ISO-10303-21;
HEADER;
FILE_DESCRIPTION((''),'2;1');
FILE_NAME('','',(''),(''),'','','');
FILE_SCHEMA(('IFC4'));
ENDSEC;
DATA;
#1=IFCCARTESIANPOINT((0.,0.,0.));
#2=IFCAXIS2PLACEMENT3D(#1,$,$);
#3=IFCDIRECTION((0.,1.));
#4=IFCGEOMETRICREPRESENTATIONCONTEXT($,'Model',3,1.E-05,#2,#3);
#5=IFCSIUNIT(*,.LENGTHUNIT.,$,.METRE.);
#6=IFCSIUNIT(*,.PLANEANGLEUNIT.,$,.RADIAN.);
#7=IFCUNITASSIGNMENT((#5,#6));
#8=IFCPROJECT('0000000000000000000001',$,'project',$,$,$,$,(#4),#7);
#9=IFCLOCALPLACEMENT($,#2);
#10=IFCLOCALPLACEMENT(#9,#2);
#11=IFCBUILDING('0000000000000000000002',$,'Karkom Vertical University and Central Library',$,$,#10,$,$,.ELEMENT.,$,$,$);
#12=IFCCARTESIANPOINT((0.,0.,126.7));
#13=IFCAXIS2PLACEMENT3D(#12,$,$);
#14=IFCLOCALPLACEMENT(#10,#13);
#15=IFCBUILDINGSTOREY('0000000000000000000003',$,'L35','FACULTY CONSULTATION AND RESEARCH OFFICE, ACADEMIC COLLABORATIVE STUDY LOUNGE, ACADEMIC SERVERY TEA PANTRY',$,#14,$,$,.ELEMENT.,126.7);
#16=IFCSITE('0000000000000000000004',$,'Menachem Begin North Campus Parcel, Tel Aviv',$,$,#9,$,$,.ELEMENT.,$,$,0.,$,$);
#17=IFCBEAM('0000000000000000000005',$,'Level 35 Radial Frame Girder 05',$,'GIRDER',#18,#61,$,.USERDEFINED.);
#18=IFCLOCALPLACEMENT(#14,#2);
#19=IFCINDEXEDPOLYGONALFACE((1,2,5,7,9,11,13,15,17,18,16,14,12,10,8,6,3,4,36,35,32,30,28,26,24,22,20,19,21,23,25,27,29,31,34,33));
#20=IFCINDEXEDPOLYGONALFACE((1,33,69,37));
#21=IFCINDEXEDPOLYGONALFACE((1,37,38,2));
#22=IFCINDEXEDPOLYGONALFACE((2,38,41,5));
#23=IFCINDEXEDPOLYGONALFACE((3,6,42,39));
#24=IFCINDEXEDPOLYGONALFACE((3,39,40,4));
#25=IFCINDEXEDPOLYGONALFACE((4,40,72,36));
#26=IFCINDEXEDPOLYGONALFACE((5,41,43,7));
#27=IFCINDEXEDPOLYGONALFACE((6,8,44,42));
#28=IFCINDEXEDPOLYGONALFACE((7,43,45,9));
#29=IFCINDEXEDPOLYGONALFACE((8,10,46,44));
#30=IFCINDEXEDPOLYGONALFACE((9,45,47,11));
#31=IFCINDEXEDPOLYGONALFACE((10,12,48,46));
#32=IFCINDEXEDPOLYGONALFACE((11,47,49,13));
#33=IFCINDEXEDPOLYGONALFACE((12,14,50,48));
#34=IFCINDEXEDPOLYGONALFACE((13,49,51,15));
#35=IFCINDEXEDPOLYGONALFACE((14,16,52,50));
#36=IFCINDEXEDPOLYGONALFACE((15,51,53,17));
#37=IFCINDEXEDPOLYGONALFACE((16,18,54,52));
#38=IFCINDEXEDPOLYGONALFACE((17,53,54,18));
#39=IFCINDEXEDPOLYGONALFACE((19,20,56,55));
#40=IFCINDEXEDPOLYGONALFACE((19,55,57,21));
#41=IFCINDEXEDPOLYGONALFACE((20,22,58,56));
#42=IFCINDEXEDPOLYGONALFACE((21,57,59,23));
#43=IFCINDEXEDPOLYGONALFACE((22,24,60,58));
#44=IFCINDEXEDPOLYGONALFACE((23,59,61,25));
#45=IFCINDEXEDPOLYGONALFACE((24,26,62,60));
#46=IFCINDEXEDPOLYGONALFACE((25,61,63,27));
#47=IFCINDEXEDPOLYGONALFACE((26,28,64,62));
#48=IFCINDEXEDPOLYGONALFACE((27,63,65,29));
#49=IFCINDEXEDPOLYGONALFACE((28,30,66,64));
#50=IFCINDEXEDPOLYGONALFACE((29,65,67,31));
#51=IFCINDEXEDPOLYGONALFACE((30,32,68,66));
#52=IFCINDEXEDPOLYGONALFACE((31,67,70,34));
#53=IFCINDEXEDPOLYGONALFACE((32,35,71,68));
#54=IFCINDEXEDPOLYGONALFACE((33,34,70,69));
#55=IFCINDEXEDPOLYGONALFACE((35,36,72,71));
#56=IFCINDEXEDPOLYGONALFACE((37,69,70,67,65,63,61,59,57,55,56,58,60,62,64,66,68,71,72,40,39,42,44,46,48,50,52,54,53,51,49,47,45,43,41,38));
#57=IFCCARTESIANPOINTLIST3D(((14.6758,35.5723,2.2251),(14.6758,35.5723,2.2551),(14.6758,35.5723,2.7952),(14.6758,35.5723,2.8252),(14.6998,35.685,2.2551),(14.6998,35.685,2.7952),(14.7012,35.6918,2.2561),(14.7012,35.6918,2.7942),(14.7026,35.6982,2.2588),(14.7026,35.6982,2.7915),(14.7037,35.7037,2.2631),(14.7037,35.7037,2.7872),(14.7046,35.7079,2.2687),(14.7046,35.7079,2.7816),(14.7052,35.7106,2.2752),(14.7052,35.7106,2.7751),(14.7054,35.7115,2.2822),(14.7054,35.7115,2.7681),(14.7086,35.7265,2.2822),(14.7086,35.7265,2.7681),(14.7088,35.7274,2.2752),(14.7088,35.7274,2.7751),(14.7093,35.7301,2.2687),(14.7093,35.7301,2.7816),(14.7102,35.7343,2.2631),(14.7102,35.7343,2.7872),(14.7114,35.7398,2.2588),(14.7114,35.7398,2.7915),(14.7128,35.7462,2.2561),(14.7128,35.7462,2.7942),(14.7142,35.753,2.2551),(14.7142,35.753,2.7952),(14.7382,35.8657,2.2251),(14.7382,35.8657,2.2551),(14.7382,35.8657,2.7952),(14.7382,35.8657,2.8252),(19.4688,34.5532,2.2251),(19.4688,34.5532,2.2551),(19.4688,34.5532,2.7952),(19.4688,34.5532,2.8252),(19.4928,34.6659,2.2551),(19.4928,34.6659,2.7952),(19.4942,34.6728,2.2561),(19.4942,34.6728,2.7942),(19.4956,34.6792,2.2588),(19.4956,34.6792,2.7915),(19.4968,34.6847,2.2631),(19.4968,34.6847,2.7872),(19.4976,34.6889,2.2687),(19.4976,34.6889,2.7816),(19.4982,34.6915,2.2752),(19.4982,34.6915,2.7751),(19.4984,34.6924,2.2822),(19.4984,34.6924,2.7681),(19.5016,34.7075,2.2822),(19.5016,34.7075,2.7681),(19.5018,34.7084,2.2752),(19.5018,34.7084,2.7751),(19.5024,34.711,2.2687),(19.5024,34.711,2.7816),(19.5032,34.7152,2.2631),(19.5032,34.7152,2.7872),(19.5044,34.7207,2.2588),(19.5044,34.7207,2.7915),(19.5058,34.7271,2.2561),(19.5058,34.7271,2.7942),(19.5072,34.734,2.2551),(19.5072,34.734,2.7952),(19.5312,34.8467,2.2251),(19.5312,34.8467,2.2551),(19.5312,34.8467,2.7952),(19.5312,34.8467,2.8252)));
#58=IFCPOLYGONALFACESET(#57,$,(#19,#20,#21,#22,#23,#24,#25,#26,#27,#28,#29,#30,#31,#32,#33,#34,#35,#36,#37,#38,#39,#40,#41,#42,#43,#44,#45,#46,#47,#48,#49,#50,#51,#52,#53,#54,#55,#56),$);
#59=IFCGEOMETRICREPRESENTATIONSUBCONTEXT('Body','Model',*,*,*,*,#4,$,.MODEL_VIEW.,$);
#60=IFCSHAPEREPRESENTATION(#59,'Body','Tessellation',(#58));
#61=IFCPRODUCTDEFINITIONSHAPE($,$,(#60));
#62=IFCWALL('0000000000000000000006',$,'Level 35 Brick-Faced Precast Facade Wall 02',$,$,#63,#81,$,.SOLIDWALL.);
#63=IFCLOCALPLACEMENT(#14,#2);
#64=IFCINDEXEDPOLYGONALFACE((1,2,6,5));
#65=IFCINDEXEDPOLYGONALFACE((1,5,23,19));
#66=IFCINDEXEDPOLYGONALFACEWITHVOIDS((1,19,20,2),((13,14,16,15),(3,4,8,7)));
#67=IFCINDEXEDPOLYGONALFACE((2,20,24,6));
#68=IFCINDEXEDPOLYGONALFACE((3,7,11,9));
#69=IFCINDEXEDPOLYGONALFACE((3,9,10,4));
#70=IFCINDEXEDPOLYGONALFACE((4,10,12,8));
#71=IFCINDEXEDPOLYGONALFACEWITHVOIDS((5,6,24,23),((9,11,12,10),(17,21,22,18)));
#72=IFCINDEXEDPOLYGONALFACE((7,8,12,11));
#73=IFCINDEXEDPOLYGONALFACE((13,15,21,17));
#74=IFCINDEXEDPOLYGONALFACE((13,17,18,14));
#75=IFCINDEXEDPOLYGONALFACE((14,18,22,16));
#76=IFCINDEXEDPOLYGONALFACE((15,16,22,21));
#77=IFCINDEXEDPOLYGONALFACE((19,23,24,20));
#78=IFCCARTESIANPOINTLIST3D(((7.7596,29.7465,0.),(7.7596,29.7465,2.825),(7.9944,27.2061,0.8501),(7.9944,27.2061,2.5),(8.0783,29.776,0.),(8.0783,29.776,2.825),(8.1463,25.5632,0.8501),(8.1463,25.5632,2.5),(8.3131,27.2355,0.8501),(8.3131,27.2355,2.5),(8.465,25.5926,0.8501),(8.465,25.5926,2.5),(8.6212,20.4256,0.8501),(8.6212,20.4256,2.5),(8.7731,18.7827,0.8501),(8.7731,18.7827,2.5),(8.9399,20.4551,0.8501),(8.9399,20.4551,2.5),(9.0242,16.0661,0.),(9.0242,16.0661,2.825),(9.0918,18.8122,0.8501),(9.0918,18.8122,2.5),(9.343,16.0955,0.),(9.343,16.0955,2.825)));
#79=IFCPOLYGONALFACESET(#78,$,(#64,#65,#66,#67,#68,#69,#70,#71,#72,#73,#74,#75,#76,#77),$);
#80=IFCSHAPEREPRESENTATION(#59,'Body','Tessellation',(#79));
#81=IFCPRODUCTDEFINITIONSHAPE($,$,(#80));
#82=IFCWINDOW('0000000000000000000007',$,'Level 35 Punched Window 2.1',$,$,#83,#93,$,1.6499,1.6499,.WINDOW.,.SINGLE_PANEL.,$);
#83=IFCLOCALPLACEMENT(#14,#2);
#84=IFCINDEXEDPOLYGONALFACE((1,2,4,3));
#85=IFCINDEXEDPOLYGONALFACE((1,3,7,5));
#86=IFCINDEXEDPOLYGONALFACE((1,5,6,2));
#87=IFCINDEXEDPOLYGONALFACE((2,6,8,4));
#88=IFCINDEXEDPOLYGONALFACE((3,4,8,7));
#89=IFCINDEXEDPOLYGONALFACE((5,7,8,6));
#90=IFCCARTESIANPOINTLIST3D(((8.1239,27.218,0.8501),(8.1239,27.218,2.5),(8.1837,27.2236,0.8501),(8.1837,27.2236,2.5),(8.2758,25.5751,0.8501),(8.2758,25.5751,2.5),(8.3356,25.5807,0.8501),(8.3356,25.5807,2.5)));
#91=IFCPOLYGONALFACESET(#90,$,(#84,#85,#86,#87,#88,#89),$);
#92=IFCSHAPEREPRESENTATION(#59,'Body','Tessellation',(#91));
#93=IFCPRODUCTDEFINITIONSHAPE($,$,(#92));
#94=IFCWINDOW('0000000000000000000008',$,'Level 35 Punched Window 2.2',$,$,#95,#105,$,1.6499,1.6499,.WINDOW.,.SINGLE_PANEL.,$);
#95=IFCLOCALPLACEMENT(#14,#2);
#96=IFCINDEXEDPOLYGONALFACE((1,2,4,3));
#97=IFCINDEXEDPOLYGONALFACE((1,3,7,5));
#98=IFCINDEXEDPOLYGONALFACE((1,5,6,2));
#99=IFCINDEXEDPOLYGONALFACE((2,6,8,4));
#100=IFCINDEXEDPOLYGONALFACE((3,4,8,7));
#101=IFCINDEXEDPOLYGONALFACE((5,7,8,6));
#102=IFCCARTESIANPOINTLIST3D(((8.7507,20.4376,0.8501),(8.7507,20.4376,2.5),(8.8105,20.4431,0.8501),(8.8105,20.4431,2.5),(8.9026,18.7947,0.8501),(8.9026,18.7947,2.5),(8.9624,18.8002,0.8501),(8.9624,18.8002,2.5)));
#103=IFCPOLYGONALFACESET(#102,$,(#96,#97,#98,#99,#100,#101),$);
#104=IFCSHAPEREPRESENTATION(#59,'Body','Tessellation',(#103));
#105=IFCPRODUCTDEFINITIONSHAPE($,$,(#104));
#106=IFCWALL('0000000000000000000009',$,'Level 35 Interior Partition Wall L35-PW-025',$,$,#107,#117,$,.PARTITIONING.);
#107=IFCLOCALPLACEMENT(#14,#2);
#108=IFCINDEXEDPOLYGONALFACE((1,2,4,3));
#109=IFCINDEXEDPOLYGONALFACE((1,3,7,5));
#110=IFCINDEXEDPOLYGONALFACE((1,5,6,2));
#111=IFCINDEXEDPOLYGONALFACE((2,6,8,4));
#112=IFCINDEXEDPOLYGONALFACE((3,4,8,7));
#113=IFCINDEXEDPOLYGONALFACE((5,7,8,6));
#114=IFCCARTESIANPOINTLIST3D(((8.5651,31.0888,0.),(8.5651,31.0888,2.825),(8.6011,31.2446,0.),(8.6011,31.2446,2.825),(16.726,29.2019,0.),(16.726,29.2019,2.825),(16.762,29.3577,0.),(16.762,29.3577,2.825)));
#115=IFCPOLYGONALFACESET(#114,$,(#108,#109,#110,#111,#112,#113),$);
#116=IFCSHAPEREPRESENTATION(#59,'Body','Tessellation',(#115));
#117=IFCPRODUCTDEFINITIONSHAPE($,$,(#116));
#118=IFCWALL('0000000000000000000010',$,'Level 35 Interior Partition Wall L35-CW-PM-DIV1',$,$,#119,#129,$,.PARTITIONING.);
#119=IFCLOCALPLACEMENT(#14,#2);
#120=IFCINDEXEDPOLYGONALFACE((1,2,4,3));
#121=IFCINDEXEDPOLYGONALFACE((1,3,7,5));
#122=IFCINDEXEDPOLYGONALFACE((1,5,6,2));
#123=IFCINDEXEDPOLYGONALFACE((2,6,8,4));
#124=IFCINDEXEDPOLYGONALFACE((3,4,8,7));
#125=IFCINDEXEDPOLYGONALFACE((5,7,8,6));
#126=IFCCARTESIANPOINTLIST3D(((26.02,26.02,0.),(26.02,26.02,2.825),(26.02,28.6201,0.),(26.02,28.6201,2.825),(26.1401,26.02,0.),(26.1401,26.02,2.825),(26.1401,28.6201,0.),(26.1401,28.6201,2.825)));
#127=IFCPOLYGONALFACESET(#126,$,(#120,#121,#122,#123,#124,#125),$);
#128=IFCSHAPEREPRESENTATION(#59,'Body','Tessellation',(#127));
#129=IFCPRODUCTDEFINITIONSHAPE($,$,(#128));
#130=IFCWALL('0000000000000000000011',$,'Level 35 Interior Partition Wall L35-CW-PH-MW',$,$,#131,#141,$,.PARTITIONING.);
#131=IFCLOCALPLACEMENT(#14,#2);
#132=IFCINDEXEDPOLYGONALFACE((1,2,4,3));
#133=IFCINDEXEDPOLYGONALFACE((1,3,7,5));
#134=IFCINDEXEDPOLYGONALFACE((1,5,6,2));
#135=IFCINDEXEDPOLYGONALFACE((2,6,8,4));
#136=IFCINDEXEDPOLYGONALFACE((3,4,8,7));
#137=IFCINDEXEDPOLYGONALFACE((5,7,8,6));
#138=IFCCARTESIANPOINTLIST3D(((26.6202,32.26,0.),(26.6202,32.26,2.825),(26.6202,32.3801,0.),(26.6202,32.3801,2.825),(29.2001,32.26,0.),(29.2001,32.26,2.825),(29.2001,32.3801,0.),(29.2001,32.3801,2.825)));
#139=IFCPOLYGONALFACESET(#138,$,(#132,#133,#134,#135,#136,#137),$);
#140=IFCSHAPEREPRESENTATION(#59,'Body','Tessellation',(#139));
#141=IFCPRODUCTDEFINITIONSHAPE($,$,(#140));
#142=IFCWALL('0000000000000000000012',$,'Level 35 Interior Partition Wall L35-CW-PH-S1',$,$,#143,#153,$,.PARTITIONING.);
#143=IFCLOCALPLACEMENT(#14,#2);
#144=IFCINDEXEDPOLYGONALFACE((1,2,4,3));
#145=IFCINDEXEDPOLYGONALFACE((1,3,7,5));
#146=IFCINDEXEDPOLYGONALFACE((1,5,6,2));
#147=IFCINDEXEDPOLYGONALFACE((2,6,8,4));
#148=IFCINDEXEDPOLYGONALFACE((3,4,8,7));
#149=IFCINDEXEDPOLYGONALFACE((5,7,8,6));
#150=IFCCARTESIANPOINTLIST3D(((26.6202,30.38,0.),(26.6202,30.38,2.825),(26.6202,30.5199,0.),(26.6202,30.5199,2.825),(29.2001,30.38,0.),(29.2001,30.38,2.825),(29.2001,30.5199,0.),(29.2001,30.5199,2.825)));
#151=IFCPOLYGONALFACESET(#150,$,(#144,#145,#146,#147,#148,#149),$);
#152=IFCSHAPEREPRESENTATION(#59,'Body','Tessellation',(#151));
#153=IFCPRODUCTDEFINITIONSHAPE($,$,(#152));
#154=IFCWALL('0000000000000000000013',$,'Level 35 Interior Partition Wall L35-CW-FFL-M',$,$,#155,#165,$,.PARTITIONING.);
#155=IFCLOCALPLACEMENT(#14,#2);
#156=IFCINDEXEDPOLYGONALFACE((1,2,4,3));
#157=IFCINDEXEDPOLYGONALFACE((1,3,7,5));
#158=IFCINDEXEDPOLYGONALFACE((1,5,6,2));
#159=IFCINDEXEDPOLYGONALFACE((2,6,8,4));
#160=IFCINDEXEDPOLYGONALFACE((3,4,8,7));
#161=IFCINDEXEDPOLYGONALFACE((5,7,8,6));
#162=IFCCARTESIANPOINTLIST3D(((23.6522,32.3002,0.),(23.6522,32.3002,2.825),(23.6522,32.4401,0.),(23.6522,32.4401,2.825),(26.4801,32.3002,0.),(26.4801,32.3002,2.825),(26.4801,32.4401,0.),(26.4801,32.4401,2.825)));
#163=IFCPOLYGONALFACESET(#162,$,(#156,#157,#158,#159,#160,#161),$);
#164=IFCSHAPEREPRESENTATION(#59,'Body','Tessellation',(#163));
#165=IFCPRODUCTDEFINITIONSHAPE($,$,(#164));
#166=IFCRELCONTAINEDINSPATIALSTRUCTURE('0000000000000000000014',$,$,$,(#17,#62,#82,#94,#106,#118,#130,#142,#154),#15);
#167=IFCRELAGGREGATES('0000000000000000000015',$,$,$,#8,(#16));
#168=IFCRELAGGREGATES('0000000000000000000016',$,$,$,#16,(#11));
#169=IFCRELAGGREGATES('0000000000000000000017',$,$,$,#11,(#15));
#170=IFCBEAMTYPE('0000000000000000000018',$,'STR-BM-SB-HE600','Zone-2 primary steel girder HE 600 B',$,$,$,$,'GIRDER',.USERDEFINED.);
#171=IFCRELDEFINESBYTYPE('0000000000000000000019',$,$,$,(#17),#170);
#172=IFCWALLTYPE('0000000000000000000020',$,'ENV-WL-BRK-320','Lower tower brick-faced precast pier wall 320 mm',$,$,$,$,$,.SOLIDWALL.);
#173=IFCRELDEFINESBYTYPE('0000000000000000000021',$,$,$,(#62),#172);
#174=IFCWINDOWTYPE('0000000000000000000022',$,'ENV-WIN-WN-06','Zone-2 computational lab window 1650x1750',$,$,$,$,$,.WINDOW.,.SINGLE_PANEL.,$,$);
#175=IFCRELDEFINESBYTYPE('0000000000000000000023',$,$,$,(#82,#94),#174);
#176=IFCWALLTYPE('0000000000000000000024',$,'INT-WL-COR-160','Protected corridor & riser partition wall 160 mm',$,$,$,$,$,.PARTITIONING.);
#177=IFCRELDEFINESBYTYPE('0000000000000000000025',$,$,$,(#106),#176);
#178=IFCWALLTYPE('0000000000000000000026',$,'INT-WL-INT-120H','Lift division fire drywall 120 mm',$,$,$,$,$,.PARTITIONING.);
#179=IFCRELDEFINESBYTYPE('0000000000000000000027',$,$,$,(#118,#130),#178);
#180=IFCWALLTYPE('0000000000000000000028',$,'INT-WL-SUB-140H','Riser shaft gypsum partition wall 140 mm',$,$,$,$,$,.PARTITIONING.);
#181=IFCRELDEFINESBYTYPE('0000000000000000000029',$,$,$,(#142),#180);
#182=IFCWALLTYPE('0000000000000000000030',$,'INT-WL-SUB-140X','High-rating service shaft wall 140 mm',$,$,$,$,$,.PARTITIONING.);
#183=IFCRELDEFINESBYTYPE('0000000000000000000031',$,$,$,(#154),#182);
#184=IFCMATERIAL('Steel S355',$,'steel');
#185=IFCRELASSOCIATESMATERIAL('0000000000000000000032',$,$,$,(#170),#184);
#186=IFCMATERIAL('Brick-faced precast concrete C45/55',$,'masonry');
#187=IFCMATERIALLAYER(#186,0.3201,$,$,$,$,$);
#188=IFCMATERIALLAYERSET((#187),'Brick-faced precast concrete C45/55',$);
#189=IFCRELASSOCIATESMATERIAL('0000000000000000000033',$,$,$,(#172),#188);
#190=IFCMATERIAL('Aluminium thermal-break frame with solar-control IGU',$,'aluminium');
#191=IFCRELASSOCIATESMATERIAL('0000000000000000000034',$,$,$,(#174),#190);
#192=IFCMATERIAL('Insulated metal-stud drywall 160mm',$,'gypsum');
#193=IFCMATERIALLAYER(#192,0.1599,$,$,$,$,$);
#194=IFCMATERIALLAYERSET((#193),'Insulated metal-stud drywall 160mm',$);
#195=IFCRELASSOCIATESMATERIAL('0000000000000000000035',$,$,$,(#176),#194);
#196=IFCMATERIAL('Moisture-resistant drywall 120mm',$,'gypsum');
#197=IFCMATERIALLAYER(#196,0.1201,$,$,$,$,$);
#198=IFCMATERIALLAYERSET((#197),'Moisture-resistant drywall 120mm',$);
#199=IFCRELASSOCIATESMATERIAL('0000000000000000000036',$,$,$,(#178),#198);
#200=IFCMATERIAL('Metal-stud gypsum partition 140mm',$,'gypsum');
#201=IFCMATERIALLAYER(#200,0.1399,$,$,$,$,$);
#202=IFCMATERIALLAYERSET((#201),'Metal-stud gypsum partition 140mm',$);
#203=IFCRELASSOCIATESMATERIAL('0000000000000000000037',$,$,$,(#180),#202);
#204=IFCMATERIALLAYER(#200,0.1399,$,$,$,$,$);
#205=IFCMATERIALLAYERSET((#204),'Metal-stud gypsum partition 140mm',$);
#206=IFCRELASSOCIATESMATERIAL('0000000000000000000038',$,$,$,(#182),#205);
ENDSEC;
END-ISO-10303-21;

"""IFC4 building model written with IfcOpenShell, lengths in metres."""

from ifc_helpers import new_model, si_unit, direction, frame, frame_2d, origin, origin_with_axes, origin_2d, place, context, subcontext, project, spatial, rectangle, i_section, extrude, source, transform, mapped, material, layer, layer_set, material_profile, profile_set, type_object, element, fill, save


model = new_model("IFC4")

# Units and contexts
model_context = context("Model", 3, precision=1e-05, world=origin(), true_north=direction((0.0, 1.0)))
body_context = subcontext(model_context, "Body", "Model", "MODEL_VIEW")
ifc_project = project(units=[si_unit("LENGTHUNIT", "METRE"), si_unit("PLANEANGLEUNIT", "RADIAN")], contexts=[model_context])

# Site, building, storey
site_placement = place(None, origin())
site = spatial("IfcSite", under=ifc_project, at=site_placement, Name="Menachem Begin North Campus Parcel, Tel Aviv", CompositionType="ELEMENT", RefElevation=0.0)
building_placement = place(site_placement, origin())
building = spatial("IfcBuilding", under=site, at=building_placement, Name="Karkom Vertical University and Central Library", CompositionType="ELEMENT")
storey_placement = place(building_placement, frame((0.0, 0.0, 126.7)))
storey = spatial("IfcBuildingStorey", under=building, at=storey_placement, Name="L35", Description="FACULTY CONSULTATION AND RESEARCH OFFICE, ACADEMIC COLLABORATIVE STUDY LOUNGE, ACADEMIC SERVERY TEA PANTRY", CompositionType="ELEMENT", Elevation=126.7)

# Beam
ifc_material_1 = material(Name="Steel S355", Category="steel")
ifc_material_profile_1 = material_profile(ifc_material_1, i_section(OverallWidth=0.3, OverallDepth=0.6001, WebThickness=0.0154, FlangeThickness=0.03, FilletRadius=0.0271, at=origin_2d()), Name="HE 600 B")
ifc_profile_set_1 = profile_set([ifc_material_profile_1], Name="Steel S355")
beam_type_1 = type_object("IfcBeamType", Name="STR-BM-SB-HE600", Description="Zone-2 primary steel girder HE 600 B", ElementType="GIRDER", PredefinedType="USERDEFINED", material=ifc_profile_set_1)
shared_shape_1 = source(origin_with_axes(), body_context, "Body", "SweptSolid", [
    extrude(i_section(OverallWidth=0.3, OverallDepth=0.6001, WebThickness=0.0154, FlangeThickness=0.03, FilletRadius=0.0271, at=origin_2d()), origin(), (0.0, 0.0, 1.0), 4.9001),
])
beam_1_placement = place(storey_placement, frame((19.5, 34.7, 2.5251), z_axis=(-0.978137, 0.207964, 0.0), x_axis=(-0.207964, -0.978137, 0.0)))
element("IfcBeam", 1, at=beam_1_placement, inside=storey, type_object=beam_type_1, Name="Level 35 Radial Frame Girder 05", ObjectType="GIRDER", PredefinedType="USERDEFINED", context=body_context, shape_type="MappedRepresentation", body=[
    mapped(shared_shape_1, transform((0.0, 0.0, 0.0), scale=1.0)),
])

# Wall, openings, windows
ifc_material_2 = material(Name="Brick-faced precast concrete C45/55", Category="masonry")
ifc_layer_1 = layer(ifc_material_2, 0.3201)
ifc_layer_set_1 = layer_set([ifc_layer_1], Name="Brick-faced precast concrete C45/55")
wall_type_1 = type_object("IfcWallType", Name="ENV-WL-BRK-320", Description="Lower tower brick-faced precast pier wall 320 mm", PredefinedType="SOLIDWALL", material=ifc_layer_set_1)
wall_1_placement = place(storey_placement, frame((7.9189, 29.7612, 0.0), z_axis=(0.0, 0.0, 1.0), x_axis=(0.09205, -0.995754, 0.0)))
wall_1 = element("IfcWall", 2, at=wall_1_placement, inside=storey, type_object=wall_type_1, Name="Level 35 Brick-Faced Precast Facade Wall 02", PredefinedType="SOLIDWALL", context=body_context, shape_type="SweptSolid", body=[
    extrude(rectangle(XDim=13.7388, YDim=0.3201, at=frame_2d((6.8694, 0.0))), origin(), (0.0, 0.0, 1.0), 2.825),
])
opening_1_placement = place(wall_1_placement, frame((2.5513, 0.0, 0.8501)))
opening_1 = element("IfcOpeningElement", 3, at=opening_1_placement, cuts=wall_1, PredefinedType="OPENING", context=body_context, shape_type="SweptSolid", body=[
    extrude(rectangle(XDim=1.6499, YDim=1.6499, at=frame_2d((0.825, 0.825))), frame((0.0, 0.1699, 0.0), z_axis=(0.0, -1.0, 0.0), x_axis=(1.0, 0.0, 0.0)), (0.0, 0.0, 1.0), 0.3401),
])
opening_2_placement = place(wall_1_placement, frame((9.3606, 0.0, 0.8501)))
opening_2 = element("IfcOpeningElement", 4, at=opening_2_placement, cuts=wall_1, PredefinedType="OPENING", context=body_context, shape_type="SweptSolid", body=[
    extrude(rectangle(XDim=1.6499, YDim=1.6499, at=frame_2d((0.825, 0.825))), frame((0.0, 0.1699, 0.0), z_axis=(0.0, -1.0, 0.0), x_axis=(1.0, 0.0, 0.0)), (0.0, 0.0, 1.0), 0.3401),
])
ifc_material_3 = material(Name="Aluminium thermal-break frame with solar-control IGU", Category="aluminium")
window_type = type_object("IfcWindowType", Name="ENV-WIN-WN-06", Description="Zone-2 computational lab window 1650x1750", PartitioningType="SINGLE_PANEL", PredefinedType="WINDOW", material=ifc_material_3)
shared_shape_2 = source(origin_with_axes(), body_context, "Body", "SweptSolid", [
    extrude(rectangle(XDim=1.6499, YDim=1.6499, at=frame_2d((0.825, 0.825))), frame((0.0, 0.03, 0.0), z_axis=(0.0, -1.0, 0.0), x_axis=(1.0, 0.0, 0.0)), (0.0, 0.0, 1.0), 0.0601),
])
window_1_placement = place(opening_1_placement, origin())
window_1 = element("IfcWindow", 5, at=window_1_placement, inside=storey, type_object=window_type, Name="Level 35 Punched Window 2.1", OverallHeight=1.6499, OverallWidth=1.6499, PartitioningType="SINGLE_PANEL", PredefinedType="WINDOW", context=body_context, shape_type="MappedRepresentation", body=[
    mapped(shared_shape_2, transform((0.0, 0.0, 0.0), scale=1.0)),
])
fill(opening_1, window_1)
window_2_placement = place(opening_2_placement, origin())
window_2 = element("IfcWindow", 6, at=window_2_placement, inside=storey, type_object=window_type, Name="Level 35 Punched Window 2.2", OverallHeight=1.6499, OverallWidth=1.6499, PartitioningType="SINGLE_PANEL", PredefinedType="WINDOW", context=body_context, shape_type="MappedRepresentation", body=[
    mapped(shared_shape_2, transform((0.0, 0.0, 0.0), scale=1.0)),
])
fill(opening_2, window_2)

# Walls
ifc_material_4 = material(Name="Insulated metal-stud drywall 160mm", Category="gypsum")
ifc_layer_2 = layer(ifc_material_4, 0.1599)
ifc_layer_set_2 = layer_set([ifc_layer_2], Name="Insulated metal-stud drywall 160mm")
wall_type_2 = type_object("IfcWallType", Name="INT-WL-COR-160", Description="Protected corridor & riser partition wall 160 mm", PredefinedType="PARTITIONING", material=ifc_layer_set_2)
wall_2_placement = place(storey_placement, frame((16.7439, 29.2798, 0.0), z_axis=(0.0, 0.0, 1.0), x_axis=(-0.974295, 0.225277, 0.0)))
element("IfcWall", 7, at=wall_2_placement, inside=storey, type_object=wall_type_2, Name="Level 35 Interior Partition Wall L35-PW-025", PredefinedType="PARTITIONING", context=body_context, shape_type="SweptSolid", body=[
    extrude(rectangle(XDim=8.3762, YDim=0.1599, at=frame_2d((4.188, 0.0))), origin(), (0.0, 0.0, 1.0), 2.825),
])
ifc_material_5 = material(Name="Moisture-resistant drywall 120mm", Category="gypsum")
ifc_layer_3 = layer(ifc_material_5, 0.1201)
ifc_layer_set_3 = layer_set([ifc_layer_3], Name="Moisture-resistant drywall 120mm")
wall_type_3 = type_object("IfcWallType", Name="INT-WL-INT-120H", Description="Lift division fire drywall 120 mm", PredefinedType="PARTITIONING", material=ifc_layer_set_3)
wall_3_placement = place(storey_placement, frame((26.0801, 26.02, 0.0), z_axis=(0.0, 0.0, 1.0), x_axis=(0.0, 1.0, 0.0)))
element("IfcWall", 8, at=wall_3_placement, inside=storey, type_object=wall_type_3, Name="Level 35 Interior Partition Wall L35-CW-PM-DIV1", PredefinedType="PARTITIONING", context=body_context, shape_type="SweptSolid", body=[
    extrude(rectangle(XDim=2.6001, YDim=0.1201, at=frame_2d((1.3, 0.0))), origin(), (0.0, 0.0, 1.0), 2.825),
])
wall_4_placement = place(storey_placement, frame((26.6201, 32.3201, 0.0), z_axis=(0.0, 0.0, 1.0), x_axis=(1.0, 0.0, 0.0)))
element("IfcWall", 9, at=wall_4_placement, inside=storey, type_object=wall_type_3, Name="Level 35 Interior Partition Wall L35-CW-PH-MW", PredefinedType="PARTITIONING", context=body_context, shape_type="SweptSolid", body=[
    extrude(rectangle(XDim=2.5798, YDim=0.1201, at=frame_2d((1.29, 0.0))), origin(), (0.0, 0.0, 1.0), 2.825),
])
ifc_material_6 = material(Name="Metal-stud gypsum partition 140mm", Category="gypsum")
ifc_layer_4 = layer(ifc_material_6, 0.1399)
ifc_layer_set_4 = layer_set([ifc_layer_4], Name="Metal-stud gypsum partition 140mm")
wall_type_4 = type_object("IfcWallType", Name="INT-WL-SUB-140H", Description="Riser shaft gypsum partition wall 140 mm", PredefinedType="PARTITIONING", material=ifc_layer_set_4)
wall_5_placement = place(storey_placement, frame((26.6201, 30.45, 0.0), z_axis=(0.0, 0.0, 1.0), x_axis=(1.0, 0.0, 0.0)))
element("IfcWall", 10, at=wall_5_placement, inside=storey, type_object=wall_type_4, Name="Level 35 Interior Partition Wall L35-CW-PH-S1", PredefinedType="PARTITIONING", context=body_context, shape_type="SweptSolid", body=[
    extrude(rectangle(XDim=2.5798, YDim=0.1399, at=frame_2d((1.29, 0.0))), origin(), (0.0, 0.0, 1.0), 2.825),
])
ifc_layer_5 = layer(ifc_material_6, 0.1399)
ifc_layer_set_5 = layer_set([ifc_layer_5], Name="Metal-stud gypsum partition 140mm")
wall_type_5 = type_object("IfcWallType", Name="INT-WL-SUB-140X", Description="High-rating service shaft wall 140 mm", PredefinedType="PARTITIONING", material=ifc_layer_set_5)
wall_6_placement = place(storey_placement, frame((23.6521, 32.3701, 0.0), z_axis=(0.0, 0.0, 1.0), x_axis=(1.0, 0.0, 0.0)))
element("IfcWall", 11, at=wall_6_placement, inside=storey, type_object=wall_type_5, Name="Level 35 Interior Partition Wall L35-CW-FFL-M", PredefinedType="PARTITIONING", context=body_context, shape_type="SweptSolid", body=[
    extrude(rectangle(XDim=2.8279, YDim=0.1399, at=frame_2d((1.4141, 0.0))), origin(), (0.0, 0.0, 1.0), 2.825),
])

save(model, "model.ifc")
